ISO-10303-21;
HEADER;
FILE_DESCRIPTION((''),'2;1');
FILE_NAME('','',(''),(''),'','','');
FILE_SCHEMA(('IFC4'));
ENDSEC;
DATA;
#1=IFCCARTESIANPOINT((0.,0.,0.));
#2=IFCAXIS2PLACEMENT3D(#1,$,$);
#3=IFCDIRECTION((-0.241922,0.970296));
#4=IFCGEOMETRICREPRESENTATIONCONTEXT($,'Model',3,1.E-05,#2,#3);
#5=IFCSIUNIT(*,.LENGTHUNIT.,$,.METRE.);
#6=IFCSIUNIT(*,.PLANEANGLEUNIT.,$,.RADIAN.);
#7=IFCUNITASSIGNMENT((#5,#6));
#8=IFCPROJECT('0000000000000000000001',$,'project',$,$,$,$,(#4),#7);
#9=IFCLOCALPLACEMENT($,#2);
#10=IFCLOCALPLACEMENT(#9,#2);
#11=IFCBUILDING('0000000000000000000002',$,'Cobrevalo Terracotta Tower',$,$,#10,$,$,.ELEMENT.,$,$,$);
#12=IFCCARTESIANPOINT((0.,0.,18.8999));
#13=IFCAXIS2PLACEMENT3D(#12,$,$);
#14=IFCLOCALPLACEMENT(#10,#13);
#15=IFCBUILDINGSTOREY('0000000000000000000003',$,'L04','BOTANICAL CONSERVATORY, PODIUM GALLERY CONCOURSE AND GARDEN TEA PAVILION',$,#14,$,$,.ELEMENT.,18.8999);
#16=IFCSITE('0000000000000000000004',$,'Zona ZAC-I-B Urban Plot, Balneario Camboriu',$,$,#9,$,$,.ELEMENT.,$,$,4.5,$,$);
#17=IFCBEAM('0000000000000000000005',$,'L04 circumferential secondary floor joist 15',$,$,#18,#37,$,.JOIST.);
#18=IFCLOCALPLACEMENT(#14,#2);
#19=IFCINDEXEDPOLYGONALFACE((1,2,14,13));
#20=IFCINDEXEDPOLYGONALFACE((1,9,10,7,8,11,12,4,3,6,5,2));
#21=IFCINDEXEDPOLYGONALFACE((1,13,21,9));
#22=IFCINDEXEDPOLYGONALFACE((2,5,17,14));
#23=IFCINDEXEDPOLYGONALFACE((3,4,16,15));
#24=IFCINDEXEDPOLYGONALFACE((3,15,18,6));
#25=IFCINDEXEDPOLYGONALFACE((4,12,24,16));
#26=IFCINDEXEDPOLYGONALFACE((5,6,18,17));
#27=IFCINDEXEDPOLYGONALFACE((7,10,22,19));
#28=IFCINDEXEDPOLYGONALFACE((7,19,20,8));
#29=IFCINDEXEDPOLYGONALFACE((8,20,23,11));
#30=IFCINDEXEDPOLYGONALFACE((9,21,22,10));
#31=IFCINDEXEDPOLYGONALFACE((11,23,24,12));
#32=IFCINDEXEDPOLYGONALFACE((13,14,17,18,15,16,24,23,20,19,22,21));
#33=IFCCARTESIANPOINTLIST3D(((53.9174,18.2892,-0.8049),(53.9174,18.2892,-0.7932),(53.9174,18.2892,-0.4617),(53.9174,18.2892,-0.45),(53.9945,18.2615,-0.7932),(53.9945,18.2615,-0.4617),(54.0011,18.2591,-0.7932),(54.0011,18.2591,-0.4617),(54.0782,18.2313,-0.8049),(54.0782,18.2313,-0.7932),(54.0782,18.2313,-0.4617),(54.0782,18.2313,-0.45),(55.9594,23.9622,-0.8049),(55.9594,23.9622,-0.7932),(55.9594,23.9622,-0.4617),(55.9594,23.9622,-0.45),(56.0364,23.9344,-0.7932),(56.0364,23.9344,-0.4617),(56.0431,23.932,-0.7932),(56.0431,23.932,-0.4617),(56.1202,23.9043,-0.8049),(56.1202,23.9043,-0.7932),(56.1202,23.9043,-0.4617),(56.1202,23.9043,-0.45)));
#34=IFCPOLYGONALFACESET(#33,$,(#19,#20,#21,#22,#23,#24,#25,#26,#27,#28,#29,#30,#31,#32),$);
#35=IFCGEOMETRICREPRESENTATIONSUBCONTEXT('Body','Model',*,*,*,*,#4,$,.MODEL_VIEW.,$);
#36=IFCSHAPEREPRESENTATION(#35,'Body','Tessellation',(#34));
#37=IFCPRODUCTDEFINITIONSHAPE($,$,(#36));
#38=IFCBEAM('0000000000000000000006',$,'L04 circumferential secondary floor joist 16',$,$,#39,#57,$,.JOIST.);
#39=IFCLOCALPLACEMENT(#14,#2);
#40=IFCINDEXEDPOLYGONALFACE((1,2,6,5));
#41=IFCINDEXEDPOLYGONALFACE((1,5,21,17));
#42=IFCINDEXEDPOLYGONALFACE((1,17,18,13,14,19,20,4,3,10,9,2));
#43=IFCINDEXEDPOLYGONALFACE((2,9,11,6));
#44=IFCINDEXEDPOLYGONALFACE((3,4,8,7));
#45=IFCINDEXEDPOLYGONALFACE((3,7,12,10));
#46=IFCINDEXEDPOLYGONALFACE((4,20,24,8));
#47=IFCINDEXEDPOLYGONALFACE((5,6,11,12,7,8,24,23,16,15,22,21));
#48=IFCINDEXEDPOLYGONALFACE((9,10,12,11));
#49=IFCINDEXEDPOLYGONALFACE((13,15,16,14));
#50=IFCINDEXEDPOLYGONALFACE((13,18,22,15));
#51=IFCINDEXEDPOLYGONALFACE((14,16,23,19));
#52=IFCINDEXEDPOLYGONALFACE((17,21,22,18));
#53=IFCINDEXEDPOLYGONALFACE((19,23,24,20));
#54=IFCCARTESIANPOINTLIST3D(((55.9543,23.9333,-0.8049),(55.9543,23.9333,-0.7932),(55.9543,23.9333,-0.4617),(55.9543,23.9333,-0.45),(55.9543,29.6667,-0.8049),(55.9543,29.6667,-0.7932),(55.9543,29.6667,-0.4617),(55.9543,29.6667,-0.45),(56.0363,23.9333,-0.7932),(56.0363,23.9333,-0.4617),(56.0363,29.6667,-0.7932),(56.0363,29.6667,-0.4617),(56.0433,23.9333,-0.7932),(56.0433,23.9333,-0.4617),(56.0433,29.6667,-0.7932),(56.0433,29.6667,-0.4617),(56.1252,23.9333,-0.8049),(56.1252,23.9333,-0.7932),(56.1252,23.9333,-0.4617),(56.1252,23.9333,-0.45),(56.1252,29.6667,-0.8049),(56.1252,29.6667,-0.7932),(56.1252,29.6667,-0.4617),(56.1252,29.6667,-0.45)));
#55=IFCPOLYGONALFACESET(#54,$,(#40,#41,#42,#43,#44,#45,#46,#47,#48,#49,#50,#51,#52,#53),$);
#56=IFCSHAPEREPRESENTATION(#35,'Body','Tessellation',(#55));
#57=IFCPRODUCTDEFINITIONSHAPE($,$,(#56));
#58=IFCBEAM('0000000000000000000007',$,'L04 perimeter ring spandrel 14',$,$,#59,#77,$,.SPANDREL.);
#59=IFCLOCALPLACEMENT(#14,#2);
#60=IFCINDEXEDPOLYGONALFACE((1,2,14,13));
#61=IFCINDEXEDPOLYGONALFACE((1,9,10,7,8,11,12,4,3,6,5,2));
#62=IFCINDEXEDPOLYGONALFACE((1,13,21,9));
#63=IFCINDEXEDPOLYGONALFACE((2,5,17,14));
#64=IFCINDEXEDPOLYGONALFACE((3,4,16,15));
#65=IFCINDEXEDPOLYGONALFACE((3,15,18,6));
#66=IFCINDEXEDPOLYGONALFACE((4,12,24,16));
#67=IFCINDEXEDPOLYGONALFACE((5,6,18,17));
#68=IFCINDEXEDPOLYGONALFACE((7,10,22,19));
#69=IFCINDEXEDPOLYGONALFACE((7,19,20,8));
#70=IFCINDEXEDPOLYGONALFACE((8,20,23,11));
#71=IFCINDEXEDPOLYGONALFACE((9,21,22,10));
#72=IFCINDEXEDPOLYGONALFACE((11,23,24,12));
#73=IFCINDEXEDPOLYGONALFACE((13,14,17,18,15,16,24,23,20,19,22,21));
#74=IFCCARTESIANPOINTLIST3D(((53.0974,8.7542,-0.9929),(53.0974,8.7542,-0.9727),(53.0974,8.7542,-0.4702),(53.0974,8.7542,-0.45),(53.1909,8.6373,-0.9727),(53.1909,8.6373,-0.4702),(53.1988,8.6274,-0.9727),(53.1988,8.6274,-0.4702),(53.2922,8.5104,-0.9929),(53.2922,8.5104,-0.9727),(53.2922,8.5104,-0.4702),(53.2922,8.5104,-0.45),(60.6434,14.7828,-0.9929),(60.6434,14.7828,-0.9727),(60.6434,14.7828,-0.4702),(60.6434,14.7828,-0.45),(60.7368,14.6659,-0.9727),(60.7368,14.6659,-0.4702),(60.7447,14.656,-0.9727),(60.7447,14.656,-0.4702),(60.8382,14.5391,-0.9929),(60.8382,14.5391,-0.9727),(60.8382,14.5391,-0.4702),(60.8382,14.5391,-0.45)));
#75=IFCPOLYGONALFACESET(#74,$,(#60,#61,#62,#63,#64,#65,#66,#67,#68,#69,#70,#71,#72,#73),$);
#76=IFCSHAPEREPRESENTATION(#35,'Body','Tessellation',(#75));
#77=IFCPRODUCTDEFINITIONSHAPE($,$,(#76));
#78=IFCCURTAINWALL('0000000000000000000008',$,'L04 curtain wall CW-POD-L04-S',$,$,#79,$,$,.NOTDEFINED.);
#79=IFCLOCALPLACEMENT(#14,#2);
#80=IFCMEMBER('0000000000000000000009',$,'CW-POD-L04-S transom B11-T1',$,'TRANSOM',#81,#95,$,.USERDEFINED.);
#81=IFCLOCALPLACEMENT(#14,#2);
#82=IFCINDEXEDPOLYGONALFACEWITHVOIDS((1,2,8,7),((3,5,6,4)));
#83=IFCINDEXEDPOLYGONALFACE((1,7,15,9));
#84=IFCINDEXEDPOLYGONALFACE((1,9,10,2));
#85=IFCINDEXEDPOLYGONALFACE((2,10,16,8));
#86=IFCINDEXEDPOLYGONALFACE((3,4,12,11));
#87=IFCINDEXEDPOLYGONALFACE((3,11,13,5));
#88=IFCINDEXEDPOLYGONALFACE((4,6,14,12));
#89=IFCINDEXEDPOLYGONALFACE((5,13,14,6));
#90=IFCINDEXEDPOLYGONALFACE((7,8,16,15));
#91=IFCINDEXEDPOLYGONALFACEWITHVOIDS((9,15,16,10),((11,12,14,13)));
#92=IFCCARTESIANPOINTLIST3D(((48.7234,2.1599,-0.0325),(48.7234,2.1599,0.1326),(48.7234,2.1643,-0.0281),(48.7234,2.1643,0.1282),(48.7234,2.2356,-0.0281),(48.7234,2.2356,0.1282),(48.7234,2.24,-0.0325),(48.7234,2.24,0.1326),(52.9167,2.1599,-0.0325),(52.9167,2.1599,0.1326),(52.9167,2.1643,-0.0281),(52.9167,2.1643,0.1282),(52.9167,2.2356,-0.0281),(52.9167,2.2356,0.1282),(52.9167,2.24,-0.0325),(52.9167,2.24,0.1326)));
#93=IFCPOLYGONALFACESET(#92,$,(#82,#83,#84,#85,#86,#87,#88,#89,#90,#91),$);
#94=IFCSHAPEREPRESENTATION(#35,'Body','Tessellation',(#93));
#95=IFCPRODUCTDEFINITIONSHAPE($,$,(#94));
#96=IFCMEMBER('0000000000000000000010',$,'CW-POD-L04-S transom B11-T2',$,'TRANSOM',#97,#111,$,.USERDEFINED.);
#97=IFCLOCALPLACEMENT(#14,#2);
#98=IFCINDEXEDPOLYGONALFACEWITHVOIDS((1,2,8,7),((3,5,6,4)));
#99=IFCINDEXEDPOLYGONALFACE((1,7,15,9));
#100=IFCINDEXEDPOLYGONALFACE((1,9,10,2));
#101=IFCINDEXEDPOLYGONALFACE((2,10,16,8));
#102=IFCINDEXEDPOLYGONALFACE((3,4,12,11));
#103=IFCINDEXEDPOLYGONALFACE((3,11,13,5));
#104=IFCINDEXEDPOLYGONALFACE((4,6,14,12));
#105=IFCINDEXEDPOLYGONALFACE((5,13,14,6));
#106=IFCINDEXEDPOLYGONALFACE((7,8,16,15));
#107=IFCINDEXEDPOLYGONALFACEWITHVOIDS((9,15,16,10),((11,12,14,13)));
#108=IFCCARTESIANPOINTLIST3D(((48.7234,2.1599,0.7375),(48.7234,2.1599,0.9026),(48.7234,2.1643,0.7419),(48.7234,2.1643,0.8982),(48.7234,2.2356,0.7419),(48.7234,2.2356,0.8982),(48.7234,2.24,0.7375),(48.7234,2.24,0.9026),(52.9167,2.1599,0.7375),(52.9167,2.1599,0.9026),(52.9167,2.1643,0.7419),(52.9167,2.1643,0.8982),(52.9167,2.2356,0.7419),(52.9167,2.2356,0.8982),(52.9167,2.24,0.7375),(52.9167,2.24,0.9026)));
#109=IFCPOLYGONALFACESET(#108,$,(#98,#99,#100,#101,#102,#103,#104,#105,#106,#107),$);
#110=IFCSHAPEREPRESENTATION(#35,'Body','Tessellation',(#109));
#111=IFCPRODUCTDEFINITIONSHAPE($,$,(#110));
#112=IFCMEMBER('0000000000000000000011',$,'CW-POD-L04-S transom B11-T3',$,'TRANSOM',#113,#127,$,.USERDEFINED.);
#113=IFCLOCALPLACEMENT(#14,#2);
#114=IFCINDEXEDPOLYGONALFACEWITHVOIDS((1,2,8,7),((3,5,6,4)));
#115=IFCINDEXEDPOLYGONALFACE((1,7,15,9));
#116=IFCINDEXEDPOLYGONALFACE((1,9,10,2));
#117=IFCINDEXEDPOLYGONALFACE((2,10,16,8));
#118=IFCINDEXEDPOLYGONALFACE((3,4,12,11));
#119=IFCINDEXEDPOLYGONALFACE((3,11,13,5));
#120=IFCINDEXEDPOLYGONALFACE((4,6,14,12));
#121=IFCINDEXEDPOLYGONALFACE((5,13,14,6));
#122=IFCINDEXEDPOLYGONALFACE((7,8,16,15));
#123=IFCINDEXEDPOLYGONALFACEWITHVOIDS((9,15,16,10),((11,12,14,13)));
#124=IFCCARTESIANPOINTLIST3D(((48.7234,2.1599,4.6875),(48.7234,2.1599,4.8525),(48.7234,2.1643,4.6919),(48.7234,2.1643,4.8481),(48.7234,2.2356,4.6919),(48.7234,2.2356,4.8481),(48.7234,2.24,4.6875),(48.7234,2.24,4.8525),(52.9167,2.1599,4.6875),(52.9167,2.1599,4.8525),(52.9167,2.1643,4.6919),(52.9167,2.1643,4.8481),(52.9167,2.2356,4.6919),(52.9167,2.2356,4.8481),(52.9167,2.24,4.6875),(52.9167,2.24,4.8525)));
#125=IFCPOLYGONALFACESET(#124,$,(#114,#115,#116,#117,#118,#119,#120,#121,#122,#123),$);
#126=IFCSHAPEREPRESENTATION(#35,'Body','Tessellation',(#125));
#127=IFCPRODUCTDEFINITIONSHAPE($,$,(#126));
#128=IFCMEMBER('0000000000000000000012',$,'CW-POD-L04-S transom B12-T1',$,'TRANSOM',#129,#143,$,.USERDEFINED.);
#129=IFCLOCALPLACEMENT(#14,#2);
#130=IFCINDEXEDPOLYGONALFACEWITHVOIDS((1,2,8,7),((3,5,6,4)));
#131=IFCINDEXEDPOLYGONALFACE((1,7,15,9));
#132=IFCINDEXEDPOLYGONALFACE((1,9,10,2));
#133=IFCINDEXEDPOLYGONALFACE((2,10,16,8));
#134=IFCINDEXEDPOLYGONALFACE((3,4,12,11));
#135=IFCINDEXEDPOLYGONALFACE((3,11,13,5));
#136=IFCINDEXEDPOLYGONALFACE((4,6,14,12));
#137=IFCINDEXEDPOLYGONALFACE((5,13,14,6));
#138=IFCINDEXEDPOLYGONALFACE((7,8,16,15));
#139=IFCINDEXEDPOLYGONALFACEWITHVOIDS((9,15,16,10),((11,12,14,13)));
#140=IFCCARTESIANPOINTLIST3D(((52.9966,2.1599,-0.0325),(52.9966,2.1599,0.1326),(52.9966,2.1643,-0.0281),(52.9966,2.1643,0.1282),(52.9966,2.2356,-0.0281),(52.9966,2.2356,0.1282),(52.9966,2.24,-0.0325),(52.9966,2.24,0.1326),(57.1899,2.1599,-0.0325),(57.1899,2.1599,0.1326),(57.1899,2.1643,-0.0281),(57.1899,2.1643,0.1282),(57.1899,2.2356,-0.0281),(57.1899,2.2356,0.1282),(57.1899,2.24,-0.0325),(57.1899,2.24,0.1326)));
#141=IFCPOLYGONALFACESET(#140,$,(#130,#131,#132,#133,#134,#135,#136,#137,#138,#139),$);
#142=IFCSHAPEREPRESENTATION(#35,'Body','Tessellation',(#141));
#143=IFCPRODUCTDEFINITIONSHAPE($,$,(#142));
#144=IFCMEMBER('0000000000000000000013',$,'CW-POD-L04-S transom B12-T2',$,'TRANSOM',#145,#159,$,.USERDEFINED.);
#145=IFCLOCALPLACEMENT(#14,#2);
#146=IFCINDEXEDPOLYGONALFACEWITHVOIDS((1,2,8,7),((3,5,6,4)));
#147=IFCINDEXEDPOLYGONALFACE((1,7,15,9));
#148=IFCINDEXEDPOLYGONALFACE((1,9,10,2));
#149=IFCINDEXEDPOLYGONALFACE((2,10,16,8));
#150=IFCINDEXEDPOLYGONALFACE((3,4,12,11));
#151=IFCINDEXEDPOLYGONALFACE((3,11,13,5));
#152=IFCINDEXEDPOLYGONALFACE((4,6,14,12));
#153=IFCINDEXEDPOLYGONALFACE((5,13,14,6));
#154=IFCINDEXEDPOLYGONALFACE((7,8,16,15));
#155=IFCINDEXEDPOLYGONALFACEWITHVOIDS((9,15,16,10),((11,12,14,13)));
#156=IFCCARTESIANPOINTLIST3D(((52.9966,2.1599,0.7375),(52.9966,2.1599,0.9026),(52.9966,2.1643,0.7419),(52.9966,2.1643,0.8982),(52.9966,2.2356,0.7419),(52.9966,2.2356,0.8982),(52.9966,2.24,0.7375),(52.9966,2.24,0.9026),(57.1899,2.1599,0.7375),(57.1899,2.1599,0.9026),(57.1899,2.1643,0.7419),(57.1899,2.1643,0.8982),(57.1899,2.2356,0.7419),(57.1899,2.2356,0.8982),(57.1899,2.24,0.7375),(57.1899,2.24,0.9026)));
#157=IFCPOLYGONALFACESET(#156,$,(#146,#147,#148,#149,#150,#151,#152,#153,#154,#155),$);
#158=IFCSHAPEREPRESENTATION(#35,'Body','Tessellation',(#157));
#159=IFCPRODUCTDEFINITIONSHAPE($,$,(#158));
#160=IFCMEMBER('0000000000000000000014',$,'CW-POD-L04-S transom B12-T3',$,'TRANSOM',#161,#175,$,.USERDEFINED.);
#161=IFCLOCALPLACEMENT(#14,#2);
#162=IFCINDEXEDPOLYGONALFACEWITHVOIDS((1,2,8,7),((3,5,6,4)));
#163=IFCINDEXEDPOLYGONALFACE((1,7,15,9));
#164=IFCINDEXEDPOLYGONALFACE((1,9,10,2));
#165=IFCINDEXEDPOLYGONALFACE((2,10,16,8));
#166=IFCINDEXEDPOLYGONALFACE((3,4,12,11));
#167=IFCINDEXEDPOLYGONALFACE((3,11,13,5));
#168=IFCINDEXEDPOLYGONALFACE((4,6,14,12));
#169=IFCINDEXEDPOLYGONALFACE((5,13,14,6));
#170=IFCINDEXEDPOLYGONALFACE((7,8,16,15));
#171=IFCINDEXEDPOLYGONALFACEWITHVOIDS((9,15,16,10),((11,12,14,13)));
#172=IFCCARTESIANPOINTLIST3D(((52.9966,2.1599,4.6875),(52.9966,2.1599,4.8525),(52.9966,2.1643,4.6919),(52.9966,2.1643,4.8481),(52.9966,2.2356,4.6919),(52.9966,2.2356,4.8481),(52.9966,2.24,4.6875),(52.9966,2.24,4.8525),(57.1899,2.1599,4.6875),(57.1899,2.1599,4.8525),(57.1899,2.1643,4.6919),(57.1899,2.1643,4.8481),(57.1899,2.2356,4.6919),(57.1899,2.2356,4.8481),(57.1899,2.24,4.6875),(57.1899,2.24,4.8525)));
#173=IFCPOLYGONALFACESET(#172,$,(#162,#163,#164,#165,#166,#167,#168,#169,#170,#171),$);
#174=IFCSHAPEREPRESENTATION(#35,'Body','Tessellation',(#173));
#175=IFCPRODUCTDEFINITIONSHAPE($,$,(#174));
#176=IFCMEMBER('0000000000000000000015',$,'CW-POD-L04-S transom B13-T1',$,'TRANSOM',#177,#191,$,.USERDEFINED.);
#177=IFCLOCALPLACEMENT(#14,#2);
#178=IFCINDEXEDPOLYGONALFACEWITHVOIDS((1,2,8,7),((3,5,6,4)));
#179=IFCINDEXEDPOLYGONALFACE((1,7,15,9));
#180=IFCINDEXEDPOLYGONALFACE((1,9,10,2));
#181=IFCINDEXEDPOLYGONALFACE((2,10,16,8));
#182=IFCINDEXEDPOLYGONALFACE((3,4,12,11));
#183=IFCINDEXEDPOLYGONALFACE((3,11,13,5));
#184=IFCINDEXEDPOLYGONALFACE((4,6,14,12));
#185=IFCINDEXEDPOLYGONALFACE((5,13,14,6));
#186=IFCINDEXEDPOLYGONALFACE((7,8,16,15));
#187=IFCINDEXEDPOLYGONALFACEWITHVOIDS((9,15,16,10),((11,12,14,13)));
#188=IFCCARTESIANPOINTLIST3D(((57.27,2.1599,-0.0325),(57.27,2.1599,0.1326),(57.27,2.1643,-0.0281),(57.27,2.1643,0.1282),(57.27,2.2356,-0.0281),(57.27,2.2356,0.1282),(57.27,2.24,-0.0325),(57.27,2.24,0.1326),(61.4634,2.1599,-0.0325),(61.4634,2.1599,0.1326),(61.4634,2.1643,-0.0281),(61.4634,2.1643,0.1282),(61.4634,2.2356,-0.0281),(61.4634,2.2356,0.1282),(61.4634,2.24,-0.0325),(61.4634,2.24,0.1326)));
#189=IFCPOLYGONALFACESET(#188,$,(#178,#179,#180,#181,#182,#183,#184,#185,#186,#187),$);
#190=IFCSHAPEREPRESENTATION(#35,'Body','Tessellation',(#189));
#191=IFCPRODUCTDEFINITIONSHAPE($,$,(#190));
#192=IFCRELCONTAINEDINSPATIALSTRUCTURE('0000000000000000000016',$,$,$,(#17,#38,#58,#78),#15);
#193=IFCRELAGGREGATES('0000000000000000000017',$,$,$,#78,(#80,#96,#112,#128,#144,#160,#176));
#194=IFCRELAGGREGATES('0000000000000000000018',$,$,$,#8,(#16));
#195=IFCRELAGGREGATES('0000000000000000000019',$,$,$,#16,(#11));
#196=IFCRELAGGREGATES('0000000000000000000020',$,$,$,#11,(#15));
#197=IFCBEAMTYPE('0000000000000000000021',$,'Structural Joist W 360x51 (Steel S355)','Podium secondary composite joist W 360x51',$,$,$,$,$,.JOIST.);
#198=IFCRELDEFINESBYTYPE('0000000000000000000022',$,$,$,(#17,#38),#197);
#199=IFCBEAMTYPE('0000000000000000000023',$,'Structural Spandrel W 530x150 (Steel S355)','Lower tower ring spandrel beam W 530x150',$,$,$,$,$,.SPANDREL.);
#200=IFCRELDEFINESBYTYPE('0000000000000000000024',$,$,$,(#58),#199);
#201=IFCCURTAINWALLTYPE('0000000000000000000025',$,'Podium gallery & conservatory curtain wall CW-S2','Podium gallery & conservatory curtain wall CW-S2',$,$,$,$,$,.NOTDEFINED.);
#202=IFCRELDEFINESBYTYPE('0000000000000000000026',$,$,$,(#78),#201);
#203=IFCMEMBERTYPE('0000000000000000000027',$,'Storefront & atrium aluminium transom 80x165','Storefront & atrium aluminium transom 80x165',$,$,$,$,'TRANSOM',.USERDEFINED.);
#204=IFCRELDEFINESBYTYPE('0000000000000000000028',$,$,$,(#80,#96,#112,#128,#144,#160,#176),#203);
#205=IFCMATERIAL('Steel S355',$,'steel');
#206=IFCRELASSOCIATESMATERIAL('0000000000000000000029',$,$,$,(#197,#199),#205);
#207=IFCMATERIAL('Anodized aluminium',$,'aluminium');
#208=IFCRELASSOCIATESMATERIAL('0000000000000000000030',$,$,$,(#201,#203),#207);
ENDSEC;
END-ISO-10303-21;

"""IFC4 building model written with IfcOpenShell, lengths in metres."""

from ifc_helpers import new_model, si_unit, direction, frame, origin, origin_2d, place, context, subcontext, project, spatial, hollow_rectangle, i_section, extrude, source, transform, mapped, material, material_profile, profile_set, type_object, element, aggregate, save


model = new_model("IFC4")

# Units and contexts
model_context = context("Model", 3, precision=1e-05, world=origin(), true_north=direction((-0.241922, 0.970296)))
body_context = subcontext(model_context, "Body", "Model", "MODEL_VIEW")
ifc_project = project(units=[si_unit("LENGTHUNIT", "METRE"), si_unit("PLANEANGLEUNIT", "RADIAN")], contexts=[model_context])

# Site, building, storey
site_placement = place(None, origin())
site = spatial("IfcSite", under=ifc_project, at=site_placement, Name="Zona ZAC-I-B Urban Plot, Balneario Camboriu", CompositionType="ELEMENT", RefElevation=4.5)
building_placement = place(site_placement, origin())
building = spatial("IfcBuilding", under=site, at=building_placement, Name="Cobrevalo Terracotta Tower", CompositionType="ELEMENT")
storey_placement = place(building_placement, frame((0.0, 0.0, 18.8999)))
storey = spatial("IfcBuildingStorey", under=building, at=storey_placement, Name="L04", Description="BOTANICAL CONSERVATORY, PODIUM GALLERY CONCOURSE AND GARDEN TEA PAVILION", CompositionType="ELEMENT", Elevation=18.8999)

# Shared definitions
ifc_material_1 = material(Name="Steel S355", Category="steel")

# Beams
ifc_material_profile_1 = material_profile(ifc_material_1, i_section(OverallWidth=0.1709, OverallDepth=0.355, WebThickness=0.0071, FlangeThickness=0.0117, at=origin_2d()), Name="W 360x51")
ifc_profile_set_1 = profile_set([ifc_material_profile_1], Name="Steel S355")
beam_type_1 = type_object("IfcBeamType", Name="Structural Joist W 360x51 (Steel S355)", Description="Podium secondary composite joist W 360x51", PredefinedType="JOIST", material=ifc_profile_set_1)
beam_1_placement = place(storey_placement, frame((53.9978, 18.2603, -0.6274), z_axis=(0.338672, 0.940904, 0.0), x_axis=(-0.940904, 0.338672, 0.0)))
element("IfcBeam", 1, at=beam_1_placement, inside=storey, type_object=beam_type_1, Name="L04 circumferential secondary floor joist 15", PredefinedType="JOIST", context=body_context, shape_type="SweptSolid", body=[
    extrude(i_section(OverallWidth=0.1709, OverallDepth=0.355, WebThickness=0.0071, FlangeThickness=0.0117, at=origin_2d()), origin(), (0.0, 0.0, 1.0), 6.0293),
])
beam_2_placement = place(storey_placement, frame((56.0398, 23.9333, -0.6274), z_axis=(0.0, 1.0, 0.0), x_axis=(-1.0, 0.0, 0.0)))
element("IfcBeam", 2, at=beam_2_placement, inside=storey, type_object=beam_type_1, Name="L04 circumferential secondary floor joist 16", PredefinedType="JOIST", context=body_context, shape_type="SweptSolid", body=[
    extrude(i_section(OverallWidth=0.1709, OverallDepth=0.355, WebThickness=0.0071, FlangeThickness=0.0117, at=origin_2d()), origin(), (0.0, 0.0, 1.0), 5.7334),
])
ifc_material_profile_2 = material_profile(ifc_material_1, i_section(OverallWidth=0.312, OverallDepth=0.543, WebThickness=0.0127, FlangeThickness=0.0203, at=origin_2d()), Name="W 530x150")
ifc_profile_set_2 = profile_set([ifc_material_profile_2], Name="Steel S355")
beam_type_2 = type_object("IfcBeamType", Name="Structural Spandrel W 530x150 (Steel S355)", Description="Lower tower ring spandrel beam W 530x150", PredefinedType="SPANDREL", material=ifc_profile_set_2)
beam_3_placement = place(storey_placement, frame((53.1948, 8.6323, -0.7214), z_axis=(0.78128, 0.62418, 0.0), x_axis=(-0.62418, 0.78128, 0.0)))
element("IfcBeam", 3, at=beam_3_placement, inside=storey, type_object=beam_type_2, Name="L04 perimeter ring spandrel 14", PredefinedType="SPANDREL", context=body_context, shape_type="SweptSolid", body=[
    extrude(i_section(OverallWidth=0.312, OverallDepth=0.543, WebThickness=0.0127, FlangeThickness=0.0203, at=origin_2d()), origin(), (0.0, 0.0, 1.0), 9.6584),
])

# Curtain wall, members
ifc_material_2 = material(Name="Anodized aluminium", Category="aluminium")
curtain_wall_type = type_object("IfcCurtainWallType", Name="Podium gallery & conservatory curtain wall CW-S2", Description="Podium gallery & conservatory curtain wall CW-S2", PredefinedType="NOTDEFINED", material=ifc_material_2)
curtain_wall_placement = place(storey_placement, origin())
curtain_wall = element("IfcCurtainWall", 4, at=curtain_wall_placement, inside=storey, type_object=curtain_wall_type, Name="L04 curtain wall CW-POD-L04-S", PredefinedType="NOTDEFINED")
ifc_material_profile_3 = material_profile(ifc_material_2, hollow_rectangle(XDim=0.0801, YDim=0.165, WallThickness=0.0044, at=origin_2d()), Name="CWT 80x165")
ifc_profile_set_3 = profile_set([ifc_material_profile_3], Name="Anodized aluminium")
member_type_1 = type_object("IfcMemberType", Name="Storefront & atrium aluminium transom 80x165", Description="Storefront & atrium aluminium transom 80x165", ElementType="TRANSOM", PredefinedType="USERDEFINED", material=ifc_profile_set_3)
shared_shape_1 = source(origin(), body_context, "Body", "SweptSolid", [
    extrude(hollow_rectangle(XDim=0.0801, YDim=0.165, WallThickness=0.0044, at=origin_2d()), origin(), (0.0, 0.0, 1.0), 4.1934),
])
member_1_placement = place(storey_placement, frame((48.7234, 2.2, 0.05), z_axis=(1.0, 0.0, 0.0), x_axis=(0.0, 1.0, 0.0)))
member_1 = element("IfcMember", 5, at=member_1_placement, type_object=member_type_1, Name="CW-POD-L04-S transom B11-T1", ObjectType="TRANSOM", PredefinedType="USERDEFINED", context=body_context, shape_type="MappedRepresentation", body=[
    mapped(shared_shape_1, transform((0.0, 0.0, 0.0), scale=1.0)),
])
member_2_placement = place(storey_placement, frame((48.7234, 2.2, 0.8201), z_axis=(1.0, 0.0, 0.0), x_axis=(0.0, 1.0, 0.0)))
member_2 = element("IfcMember", 6, at=member_2_placement, type_object=member_type_1, Name="CW-POD-L04-S transom B11-T2", ObjectType="TRANSOM", PredefinedType="USERDEFINED", context=body_context, shape_type="MappedRepresentation", body=[
    mapped(shared_shape_1, transform((0.0, 0.0, 0.0), scale=1.0)),
])
member_3_placement = place(storey_placement, frame((48.7234, 2.2, 4.77), z_axis=(1.0, 0.0, 0.0), x_axis=(0.0, 1.0, 0.0)))
member_3 = element("IfcMember", 7, at=member_3_placement, type_object=member_type_1, Name="CW-POD-L04-S transom B11-T3", ObjectType="TRANSOM", PredefinedType="USERDEFINED", context=body_context, shape_type="MappedRepresentation", body=[
    mapped(shared_shape_1, transform((0.0, 0.0, 0.0), scale=1.0)),
])
member_4_placement = place(storey_placement, frame((52.9966, 2.2, 0.05), z_axis=(1.0, 0.0, 0.0), x_axis=(0.0, 1.0, 0.0)))
member_4 = element("IfcMember", 8, at=member_4_placement, type_object=member_type_1, Name="CW-POD-L04-S transom B12-T1", ObjectType="TRANSOM", PredefinedType="USERDEFINED", context=body_context, shape_type="MappedRepresentation", body=[
    mapped(shared_shape_1, transform((0.0, 0.0, 0.0), scale=1.0)),
])
member_5_placement = place(storey_placement, frame((52.9966, 2.2, 0.8201), z_axis=(1.0, 0.0, 0.0), x_axis=(0.0, 1.0, 0.0)))
member_5 = element("IfcMember", 9, at=member_5_placement, type_object=member_type_1, Name="CW-POD-L04-S transom B12-T2", ObjectType="TRANSOM", PredefinedType="USERDEFINED", context=body_context, shape_type="MappedRepresentation", body=[
    mapped(shared_shape_1, transform((0.0, 0.0, 0.0), scale=1.0)),
])
member_6_placement = place(storey_placement, frame((52.9966, 2.2, 4.77), z_axis=(1.0, 0.0, 0.0), x_axis=(0.0, 1.0, 0.0)))
member_6 = element("IfcMember", 10, at=member_6_placement, type_object=member_type_1, Name="CW-POD-L04-S transom B12-T3", ObjectType="TRANSOM", PredefinedType="USERDEFINED", context=body_context, shape_type="MappedRepresentation", body=[
    mapped(shared_shape_1, transform((0.0, 0.0, 0.0), scale=1.0)),
])
member_7_placement = place(storey_placement, frame((57.27, 2.2, 0.05), z_axis=(1.0, 0.0, 0.0), x_axis=(0.0, 1.0, 0.0)))
member_7 = element("IfcMember", 11, at=member_7_placement, type_object=member_type_1, Name="CW-POD-L04-S transom B13-T1", ObjectType="TRANSOM", PredefinedType="USERDEFINED", context=body_context, shape_type="MappedRepresentation", body=[
    mapped(shared_shape_1, transform((0.0, 0.0, 0.0), scale=1.0)),
])
aggregate(curtain_wall, [member_1, member_2, member_3, member_4, member_5, member_6, member_7])

save(model, "model.ifc")
